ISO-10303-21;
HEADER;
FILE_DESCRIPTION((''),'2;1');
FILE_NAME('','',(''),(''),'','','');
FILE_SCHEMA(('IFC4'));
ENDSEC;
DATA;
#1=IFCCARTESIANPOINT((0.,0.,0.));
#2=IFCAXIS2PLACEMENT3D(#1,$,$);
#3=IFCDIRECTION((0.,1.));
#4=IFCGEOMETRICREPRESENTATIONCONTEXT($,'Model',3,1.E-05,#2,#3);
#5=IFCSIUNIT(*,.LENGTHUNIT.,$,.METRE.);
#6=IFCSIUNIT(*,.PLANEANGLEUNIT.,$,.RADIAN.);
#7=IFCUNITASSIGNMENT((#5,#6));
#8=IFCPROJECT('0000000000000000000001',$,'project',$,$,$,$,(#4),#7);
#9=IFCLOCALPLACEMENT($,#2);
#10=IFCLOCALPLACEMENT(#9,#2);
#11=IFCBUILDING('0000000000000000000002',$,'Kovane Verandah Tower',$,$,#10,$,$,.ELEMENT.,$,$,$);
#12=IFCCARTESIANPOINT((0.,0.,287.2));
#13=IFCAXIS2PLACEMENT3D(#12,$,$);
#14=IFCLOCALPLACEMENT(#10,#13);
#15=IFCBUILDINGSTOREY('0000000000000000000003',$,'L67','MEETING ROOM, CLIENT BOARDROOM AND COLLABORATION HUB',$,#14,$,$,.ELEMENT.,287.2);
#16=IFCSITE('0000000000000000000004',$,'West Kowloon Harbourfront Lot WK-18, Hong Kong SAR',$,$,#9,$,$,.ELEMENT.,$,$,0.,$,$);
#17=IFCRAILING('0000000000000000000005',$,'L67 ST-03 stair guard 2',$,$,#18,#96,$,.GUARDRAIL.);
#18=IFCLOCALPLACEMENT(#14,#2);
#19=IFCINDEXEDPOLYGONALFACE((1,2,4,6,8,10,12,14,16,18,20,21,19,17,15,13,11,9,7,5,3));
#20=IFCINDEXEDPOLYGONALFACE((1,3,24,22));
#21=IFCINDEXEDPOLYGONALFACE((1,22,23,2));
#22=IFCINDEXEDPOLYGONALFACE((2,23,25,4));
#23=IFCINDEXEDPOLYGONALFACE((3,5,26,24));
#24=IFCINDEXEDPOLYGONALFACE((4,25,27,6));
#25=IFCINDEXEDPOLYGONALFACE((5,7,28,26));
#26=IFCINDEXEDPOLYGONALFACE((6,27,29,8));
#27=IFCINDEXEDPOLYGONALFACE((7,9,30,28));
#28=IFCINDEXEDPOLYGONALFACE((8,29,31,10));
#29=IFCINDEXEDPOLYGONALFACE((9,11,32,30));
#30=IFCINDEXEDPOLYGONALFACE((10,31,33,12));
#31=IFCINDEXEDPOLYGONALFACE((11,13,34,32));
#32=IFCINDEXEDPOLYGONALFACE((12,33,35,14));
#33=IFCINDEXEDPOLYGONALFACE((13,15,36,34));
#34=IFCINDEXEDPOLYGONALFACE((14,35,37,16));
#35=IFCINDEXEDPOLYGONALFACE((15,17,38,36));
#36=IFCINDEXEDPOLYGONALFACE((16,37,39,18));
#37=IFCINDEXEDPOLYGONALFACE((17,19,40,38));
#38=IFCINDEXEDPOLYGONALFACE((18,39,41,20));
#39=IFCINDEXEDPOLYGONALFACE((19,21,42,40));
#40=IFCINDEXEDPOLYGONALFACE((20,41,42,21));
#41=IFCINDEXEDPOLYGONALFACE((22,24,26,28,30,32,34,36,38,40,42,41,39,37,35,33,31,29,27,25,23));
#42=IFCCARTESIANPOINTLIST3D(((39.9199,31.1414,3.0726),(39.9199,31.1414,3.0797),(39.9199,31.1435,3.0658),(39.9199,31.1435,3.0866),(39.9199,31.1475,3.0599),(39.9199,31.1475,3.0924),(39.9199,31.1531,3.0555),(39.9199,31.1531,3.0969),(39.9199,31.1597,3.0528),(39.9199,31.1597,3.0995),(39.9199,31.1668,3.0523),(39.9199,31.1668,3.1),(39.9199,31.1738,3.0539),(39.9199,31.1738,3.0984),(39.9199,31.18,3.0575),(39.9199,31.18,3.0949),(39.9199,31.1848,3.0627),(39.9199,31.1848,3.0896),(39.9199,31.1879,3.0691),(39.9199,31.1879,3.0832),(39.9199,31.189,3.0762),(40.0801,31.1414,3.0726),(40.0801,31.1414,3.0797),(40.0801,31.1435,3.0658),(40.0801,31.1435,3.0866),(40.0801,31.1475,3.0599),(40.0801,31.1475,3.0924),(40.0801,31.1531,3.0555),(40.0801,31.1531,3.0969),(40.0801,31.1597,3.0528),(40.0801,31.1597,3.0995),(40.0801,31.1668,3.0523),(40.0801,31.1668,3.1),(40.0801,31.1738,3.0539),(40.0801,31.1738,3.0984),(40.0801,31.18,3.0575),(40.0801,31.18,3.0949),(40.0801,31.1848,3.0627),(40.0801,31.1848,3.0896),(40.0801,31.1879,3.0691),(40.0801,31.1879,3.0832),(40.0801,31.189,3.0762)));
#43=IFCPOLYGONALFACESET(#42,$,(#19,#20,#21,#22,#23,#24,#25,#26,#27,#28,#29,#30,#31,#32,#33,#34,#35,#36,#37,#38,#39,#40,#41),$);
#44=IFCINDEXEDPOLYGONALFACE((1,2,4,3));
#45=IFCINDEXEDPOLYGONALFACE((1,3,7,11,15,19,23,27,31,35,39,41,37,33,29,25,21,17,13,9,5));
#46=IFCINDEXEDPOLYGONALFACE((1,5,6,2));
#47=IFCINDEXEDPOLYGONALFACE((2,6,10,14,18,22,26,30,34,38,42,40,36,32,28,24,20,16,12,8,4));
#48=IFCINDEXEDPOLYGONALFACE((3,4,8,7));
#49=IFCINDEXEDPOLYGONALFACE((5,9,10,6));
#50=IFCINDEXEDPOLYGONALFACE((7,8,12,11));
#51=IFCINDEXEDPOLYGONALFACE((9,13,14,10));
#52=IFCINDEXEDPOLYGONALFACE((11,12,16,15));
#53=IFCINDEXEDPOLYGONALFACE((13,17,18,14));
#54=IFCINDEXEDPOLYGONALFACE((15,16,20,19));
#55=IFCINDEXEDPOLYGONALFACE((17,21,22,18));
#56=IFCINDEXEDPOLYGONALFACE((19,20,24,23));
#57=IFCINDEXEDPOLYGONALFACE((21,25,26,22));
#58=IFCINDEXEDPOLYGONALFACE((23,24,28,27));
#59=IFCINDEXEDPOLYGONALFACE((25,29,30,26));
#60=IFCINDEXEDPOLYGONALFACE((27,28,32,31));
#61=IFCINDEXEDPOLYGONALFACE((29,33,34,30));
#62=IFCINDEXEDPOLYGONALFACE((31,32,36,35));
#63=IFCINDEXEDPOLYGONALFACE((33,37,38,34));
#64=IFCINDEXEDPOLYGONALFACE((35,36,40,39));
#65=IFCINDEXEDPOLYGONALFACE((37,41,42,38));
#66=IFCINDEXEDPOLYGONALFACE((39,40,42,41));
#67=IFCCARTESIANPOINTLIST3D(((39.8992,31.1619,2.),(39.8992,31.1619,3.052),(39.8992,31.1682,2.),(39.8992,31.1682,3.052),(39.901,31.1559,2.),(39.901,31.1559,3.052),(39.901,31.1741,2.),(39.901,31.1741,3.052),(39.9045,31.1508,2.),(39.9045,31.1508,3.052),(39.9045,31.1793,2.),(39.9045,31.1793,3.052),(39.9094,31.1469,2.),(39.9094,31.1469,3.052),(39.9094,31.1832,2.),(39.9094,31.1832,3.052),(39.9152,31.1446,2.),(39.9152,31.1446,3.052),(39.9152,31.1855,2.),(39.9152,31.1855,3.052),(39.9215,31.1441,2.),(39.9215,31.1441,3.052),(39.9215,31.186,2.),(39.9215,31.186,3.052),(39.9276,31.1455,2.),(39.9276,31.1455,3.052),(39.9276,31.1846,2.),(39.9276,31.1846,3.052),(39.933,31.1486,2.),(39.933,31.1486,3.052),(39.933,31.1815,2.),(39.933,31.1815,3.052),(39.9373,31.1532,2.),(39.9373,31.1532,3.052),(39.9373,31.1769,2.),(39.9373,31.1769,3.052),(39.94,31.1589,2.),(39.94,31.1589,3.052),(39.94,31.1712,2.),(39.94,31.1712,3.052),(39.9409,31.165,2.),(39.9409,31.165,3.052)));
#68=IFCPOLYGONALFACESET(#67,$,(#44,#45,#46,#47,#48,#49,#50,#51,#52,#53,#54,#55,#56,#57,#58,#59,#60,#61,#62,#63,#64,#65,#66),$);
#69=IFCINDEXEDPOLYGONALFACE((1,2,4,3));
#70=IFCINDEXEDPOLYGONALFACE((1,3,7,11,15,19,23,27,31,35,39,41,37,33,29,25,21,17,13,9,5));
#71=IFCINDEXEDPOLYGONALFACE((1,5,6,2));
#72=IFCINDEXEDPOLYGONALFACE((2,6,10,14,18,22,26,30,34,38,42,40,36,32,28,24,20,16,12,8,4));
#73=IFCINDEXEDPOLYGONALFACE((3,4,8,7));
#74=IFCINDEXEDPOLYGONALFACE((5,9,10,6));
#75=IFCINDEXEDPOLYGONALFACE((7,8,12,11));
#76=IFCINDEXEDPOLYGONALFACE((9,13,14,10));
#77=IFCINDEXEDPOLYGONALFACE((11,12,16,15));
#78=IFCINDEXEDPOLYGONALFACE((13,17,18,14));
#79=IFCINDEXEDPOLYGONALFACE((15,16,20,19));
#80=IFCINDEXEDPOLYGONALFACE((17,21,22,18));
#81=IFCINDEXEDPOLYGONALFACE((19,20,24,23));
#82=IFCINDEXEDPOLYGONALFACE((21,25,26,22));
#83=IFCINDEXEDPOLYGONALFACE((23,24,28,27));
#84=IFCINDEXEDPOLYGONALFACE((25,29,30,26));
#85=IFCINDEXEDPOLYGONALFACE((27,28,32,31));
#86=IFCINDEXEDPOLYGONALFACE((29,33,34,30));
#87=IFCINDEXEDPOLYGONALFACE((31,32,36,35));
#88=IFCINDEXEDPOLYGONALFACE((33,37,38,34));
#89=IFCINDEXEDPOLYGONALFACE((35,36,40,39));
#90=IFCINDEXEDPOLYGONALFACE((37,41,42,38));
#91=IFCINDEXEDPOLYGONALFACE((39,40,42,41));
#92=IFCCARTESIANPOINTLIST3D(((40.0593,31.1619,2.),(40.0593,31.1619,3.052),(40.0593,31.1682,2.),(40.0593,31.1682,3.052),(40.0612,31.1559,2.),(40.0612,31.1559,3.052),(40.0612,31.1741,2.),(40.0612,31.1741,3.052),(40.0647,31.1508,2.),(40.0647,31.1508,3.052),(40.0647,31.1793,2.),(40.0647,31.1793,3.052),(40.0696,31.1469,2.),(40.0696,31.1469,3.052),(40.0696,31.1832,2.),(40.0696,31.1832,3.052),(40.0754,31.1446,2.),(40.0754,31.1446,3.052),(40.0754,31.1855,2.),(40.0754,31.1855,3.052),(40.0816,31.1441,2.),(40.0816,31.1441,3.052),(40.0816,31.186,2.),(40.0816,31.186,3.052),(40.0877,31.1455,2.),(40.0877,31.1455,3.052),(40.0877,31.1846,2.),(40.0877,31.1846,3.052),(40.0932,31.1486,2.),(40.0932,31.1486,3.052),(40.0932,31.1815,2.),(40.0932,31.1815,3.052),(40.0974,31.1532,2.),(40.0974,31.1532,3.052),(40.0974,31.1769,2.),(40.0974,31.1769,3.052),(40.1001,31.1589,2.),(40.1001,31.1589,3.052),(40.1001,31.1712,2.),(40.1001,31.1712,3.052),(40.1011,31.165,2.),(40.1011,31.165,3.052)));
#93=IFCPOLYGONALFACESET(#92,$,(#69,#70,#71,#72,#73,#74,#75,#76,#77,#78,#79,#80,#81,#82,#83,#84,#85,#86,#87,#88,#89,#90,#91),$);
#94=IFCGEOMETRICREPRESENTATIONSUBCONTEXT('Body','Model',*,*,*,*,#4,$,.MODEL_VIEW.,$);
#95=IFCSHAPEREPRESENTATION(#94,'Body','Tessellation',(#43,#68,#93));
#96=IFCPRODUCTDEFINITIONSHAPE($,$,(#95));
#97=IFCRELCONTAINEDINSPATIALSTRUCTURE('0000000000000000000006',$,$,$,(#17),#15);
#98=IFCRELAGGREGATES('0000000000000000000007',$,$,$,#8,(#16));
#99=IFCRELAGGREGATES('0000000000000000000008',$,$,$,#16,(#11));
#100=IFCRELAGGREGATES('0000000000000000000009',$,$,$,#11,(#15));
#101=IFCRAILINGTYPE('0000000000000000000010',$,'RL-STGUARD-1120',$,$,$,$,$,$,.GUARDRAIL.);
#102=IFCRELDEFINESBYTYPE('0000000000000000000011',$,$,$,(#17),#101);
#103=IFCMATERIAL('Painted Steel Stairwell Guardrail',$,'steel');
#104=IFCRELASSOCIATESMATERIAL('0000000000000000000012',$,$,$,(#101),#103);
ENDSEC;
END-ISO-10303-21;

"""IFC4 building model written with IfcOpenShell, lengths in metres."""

from ifc_helpers import new_model, si_unit, direction, frame, origin, origin_2d, place, context, subcontext, project, spatial, circle, extrude, material, type_object, element, save


model = new_model("IFC4")

# Units and contexts
model_context = context("Model", 3, precision=1e-05, world=origin(), true_north=direction((0.0, 1.0)))
body_context = subcontext(model_context, "Body", "Model", "MODEL_VIEW")
ifc_project = project(units=[si_unit("LENGTHUNIT", "METRE"), si_unit("PLANEANGLEUNIT", "RADIAN")], contexts=[model_context])

# Site, building, storey
site_placement = place(None, origin())
site = spatial("IfcSite", under=ifc_project, at=site_placement, Name="West Kowloon Harbourfront Lot WK-18, Hong Kong SAR", CompositionType="ELEMENT", RefElevation=0.0)
building_placement = place(site_placement, origin())
building = spatial("IfcBuilding", under=site, at=building_placement, Name="Kovane Verandah Tower", CompositionType="ELEMENT")
storey_placement = place(building_placement, frame((0.0, 0.0, 287.2)))
storey = spatial("IfcBuildingStorey", under=building, at=storey_placement, Name="L67", Description="MEETING ROOM, CLIENT BOARDROOM AND COLLABORATION HUB", CompositionType="ELEMENT", Elevation=287.2)

# Railing
ifc_material_1 = material(Name="Painted Steel Stairwell Guardrail", Category="steel")
railing_type_1 = type_object("IfcRailingType", Name="RL-STGUARD-1120", PredefinedType="GUARDRAIL", material=ifc_material_1)
railing_1_placement = place(storey_placement, frame((39.9199, 31.165, 2.0)))
element("IfcRailing", 1, at=railing_1_placement, inside=storey, type_object=railing_type_1, Name="L67 ST-03 stair guard 2", PredefinedType="GUARDRAIL", context=body_context, shape_type="SweptSolid", body=[
    extrude(circle(Radius=0.0239, at=origin_2d()), frame((0.0, 0.0, 1.0762), z_axis=(1.0, 0.0, 0.0), x_axis=(0.0, 1.0, 0.0)), (0.0, 0.0, 1.0), 0.1602),
    extrude(circle(Radius=0.021, at=origin_2d()), origin(), (0.0, 0.0, 1.0), 1.052),
    extrude(circle(Radius=0.021, at=origin_2d()), frame((0.1602, 0.0, 0.0)), (0.0, 0.0, 1.0), 1.052),
])

save(model, "model.ifc")
